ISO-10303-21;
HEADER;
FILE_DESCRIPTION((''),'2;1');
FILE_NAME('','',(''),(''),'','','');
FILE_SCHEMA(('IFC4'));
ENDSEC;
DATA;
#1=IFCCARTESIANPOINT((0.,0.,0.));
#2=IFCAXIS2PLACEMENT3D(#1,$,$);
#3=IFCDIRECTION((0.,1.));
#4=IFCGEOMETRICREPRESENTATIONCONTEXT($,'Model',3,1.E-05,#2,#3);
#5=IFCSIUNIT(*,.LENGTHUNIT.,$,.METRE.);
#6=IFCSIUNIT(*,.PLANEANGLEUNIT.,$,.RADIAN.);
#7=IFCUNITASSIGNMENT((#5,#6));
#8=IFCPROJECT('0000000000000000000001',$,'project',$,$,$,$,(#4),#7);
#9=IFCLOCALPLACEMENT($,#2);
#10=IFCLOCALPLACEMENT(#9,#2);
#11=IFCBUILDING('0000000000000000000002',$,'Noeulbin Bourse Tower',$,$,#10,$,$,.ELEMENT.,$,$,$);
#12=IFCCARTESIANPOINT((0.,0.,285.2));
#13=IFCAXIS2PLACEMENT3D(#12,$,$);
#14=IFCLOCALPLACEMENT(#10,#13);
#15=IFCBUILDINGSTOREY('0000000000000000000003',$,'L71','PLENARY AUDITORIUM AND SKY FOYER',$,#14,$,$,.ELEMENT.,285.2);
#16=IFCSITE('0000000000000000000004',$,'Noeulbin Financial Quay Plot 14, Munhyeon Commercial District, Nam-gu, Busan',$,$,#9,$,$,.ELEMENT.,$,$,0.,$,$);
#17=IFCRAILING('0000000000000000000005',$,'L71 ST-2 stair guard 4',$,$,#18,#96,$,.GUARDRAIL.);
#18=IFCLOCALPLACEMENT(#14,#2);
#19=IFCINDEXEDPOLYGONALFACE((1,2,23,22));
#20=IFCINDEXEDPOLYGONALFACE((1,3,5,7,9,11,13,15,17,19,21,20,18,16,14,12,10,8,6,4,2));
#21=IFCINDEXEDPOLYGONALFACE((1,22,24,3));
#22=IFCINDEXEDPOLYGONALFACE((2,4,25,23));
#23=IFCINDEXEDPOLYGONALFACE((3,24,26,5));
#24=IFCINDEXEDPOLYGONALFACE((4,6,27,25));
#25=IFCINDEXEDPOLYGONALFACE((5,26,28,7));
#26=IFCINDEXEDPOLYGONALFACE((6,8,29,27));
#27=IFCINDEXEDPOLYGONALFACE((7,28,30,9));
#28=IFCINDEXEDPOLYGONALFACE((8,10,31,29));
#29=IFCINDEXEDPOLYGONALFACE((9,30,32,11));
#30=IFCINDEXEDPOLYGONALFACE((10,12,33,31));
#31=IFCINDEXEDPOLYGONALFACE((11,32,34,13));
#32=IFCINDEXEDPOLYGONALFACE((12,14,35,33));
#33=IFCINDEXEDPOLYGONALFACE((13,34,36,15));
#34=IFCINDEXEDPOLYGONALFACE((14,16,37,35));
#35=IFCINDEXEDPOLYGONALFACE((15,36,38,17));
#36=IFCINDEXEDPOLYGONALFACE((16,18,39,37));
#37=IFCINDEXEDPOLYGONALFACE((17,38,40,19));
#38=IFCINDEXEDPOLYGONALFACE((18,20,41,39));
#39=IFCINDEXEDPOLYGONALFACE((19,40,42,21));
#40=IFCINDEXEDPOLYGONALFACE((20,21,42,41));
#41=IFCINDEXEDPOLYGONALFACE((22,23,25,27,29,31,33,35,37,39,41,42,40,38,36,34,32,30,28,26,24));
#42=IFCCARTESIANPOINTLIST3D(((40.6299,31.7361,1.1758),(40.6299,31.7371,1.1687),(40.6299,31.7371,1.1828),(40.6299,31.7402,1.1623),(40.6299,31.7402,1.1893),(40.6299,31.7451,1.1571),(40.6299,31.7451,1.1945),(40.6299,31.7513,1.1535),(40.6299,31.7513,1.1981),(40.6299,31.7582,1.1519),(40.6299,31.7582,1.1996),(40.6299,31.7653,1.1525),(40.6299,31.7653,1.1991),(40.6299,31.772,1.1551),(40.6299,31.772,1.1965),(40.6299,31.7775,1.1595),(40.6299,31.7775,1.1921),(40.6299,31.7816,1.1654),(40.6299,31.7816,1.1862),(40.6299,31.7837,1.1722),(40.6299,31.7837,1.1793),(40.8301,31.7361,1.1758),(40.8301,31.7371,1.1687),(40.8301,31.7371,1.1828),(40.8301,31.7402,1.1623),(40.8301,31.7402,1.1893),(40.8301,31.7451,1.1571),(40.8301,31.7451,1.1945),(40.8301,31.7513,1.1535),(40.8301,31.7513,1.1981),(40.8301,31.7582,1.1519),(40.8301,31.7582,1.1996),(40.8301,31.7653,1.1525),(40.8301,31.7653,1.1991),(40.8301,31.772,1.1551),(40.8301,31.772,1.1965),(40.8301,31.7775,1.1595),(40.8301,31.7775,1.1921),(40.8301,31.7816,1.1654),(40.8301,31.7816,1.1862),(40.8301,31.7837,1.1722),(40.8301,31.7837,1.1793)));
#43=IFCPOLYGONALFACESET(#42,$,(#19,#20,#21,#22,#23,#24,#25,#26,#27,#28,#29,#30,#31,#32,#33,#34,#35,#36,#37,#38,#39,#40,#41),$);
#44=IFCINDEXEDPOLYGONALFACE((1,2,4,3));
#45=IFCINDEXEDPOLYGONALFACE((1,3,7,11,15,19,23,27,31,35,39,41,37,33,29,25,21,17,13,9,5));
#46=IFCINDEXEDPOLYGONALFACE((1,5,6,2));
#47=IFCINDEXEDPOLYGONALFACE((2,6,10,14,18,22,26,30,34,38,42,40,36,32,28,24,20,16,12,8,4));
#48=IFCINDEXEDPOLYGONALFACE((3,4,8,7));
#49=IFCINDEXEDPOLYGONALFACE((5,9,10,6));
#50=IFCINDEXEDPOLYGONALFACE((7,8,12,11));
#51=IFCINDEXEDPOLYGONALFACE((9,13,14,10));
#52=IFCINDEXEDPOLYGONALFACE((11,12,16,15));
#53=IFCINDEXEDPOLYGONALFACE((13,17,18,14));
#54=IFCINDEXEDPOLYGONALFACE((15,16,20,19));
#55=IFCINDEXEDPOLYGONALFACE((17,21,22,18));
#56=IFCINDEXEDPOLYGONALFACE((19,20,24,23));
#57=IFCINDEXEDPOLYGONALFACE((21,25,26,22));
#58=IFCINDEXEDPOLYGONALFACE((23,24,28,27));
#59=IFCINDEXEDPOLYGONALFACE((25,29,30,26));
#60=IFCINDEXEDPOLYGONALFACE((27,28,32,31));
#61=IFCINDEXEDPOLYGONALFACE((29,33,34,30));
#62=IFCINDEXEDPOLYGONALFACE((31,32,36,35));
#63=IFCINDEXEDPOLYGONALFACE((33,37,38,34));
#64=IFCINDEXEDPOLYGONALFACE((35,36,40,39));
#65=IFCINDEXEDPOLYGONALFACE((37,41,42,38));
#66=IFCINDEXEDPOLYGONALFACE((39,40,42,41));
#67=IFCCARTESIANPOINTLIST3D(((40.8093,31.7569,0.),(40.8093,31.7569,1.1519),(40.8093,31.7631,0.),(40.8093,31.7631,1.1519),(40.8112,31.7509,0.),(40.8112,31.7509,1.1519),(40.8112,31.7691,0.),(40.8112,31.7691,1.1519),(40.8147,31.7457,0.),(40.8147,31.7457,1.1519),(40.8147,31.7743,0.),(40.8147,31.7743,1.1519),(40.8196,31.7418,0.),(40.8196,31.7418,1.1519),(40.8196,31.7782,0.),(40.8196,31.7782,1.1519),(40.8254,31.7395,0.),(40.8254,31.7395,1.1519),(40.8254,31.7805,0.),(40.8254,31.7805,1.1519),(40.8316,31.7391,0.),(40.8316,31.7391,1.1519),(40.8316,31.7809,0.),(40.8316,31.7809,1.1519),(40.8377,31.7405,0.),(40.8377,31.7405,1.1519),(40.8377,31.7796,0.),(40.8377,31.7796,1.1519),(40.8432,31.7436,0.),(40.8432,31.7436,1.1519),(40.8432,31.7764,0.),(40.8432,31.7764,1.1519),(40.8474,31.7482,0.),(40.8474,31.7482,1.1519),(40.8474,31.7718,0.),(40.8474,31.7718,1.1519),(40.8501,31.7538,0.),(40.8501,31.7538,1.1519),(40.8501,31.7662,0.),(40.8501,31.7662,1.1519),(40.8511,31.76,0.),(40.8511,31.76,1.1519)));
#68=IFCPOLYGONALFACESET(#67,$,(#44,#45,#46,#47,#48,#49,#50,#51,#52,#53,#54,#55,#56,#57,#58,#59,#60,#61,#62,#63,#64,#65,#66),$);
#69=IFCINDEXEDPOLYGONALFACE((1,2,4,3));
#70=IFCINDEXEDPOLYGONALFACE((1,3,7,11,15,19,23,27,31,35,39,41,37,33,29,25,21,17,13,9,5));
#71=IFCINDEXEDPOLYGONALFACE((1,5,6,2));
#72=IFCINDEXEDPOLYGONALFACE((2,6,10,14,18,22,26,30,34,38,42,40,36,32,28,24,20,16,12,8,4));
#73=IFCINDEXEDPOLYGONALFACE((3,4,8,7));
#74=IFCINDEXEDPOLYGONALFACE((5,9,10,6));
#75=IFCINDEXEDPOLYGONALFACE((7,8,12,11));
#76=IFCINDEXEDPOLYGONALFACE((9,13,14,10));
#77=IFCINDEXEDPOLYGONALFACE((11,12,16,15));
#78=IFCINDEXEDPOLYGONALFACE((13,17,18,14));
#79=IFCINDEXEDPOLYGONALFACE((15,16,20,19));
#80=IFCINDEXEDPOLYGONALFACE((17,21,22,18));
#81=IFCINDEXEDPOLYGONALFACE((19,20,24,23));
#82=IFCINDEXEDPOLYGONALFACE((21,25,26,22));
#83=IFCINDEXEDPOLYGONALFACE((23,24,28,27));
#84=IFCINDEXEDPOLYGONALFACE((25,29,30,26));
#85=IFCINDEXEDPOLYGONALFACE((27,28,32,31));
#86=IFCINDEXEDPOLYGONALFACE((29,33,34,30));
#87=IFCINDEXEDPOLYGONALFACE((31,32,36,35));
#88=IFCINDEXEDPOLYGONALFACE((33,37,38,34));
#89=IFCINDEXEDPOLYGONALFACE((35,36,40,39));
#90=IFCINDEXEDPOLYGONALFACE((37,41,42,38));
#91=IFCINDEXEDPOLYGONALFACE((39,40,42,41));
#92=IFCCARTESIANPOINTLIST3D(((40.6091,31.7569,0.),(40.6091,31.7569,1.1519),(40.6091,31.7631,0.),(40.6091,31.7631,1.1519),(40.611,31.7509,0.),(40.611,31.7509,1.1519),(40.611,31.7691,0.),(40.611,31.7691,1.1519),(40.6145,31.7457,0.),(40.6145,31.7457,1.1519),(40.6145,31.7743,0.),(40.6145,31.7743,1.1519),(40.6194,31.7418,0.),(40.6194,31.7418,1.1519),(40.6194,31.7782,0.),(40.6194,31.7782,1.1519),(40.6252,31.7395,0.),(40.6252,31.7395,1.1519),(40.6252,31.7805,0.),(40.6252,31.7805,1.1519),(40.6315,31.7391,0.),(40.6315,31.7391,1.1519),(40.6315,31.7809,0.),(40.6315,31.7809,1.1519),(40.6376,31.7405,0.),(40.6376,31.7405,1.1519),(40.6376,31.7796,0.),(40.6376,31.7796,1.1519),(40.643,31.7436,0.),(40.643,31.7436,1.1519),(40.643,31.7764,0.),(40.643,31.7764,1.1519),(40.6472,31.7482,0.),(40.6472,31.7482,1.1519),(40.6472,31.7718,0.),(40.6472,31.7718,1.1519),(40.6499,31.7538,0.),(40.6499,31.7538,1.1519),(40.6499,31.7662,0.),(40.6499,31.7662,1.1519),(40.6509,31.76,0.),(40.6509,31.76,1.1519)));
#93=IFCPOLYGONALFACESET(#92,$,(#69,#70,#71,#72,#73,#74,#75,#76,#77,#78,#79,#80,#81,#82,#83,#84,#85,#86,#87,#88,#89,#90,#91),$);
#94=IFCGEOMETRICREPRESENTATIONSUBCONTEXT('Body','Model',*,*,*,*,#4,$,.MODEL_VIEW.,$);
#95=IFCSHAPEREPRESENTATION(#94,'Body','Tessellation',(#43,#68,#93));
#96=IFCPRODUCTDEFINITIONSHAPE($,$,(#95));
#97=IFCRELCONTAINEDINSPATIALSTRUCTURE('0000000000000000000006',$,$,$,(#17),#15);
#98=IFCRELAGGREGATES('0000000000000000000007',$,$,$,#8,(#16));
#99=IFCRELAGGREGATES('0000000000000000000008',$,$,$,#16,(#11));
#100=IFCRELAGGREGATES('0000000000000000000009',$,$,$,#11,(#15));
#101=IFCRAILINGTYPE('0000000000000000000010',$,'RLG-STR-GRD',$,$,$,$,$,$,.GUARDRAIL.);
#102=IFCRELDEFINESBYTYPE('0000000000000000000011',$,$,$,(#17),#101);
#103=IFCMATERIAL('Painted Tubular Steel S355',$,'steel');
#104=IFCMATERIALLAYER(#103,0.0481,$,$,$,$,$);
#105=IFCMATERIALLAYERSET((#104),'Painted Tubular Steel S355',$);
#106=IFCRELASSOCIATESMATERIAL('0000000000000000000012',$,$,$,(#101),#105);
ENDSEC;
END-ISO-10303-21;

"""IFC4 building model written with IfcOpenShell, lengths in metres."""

from ifc_helpers import new_model, si_unit, direction, frame, origin, origin_2d, place, context, subcontext, project, spatial, circle, extrude, material, layer, layer_set, type_object, element, save


model = new_model("IFC4")

# Units and contexts
model_context = context("Model", 3, precision=1e-05, world=origin(), true_north=direction((0.0, 1.0)))
body_context = subcontext(model_context, "Body", "Model", "MODEL_VIEW")
ifc_project = project(units=[si_unit("LENGTHUNIT", "METRE"), si_unit("PLANEANGLEUNIT", "RADIAN")], contexts=[model_context])

# Site, building, storey
site_placement = place(None, origin())
site = spatial("IfcSite", under=ifc_project, at=site_placement, Name="Noeulbin Financial Quay Plot 14, Munhyeon Commercial District, Nam-gu, Busan", CompositionType="ELEMENT", RefElevation=0.0)
building_placement = place(site_placement, origin())
building = spatial("IfcBuilding", under=site, at=building_placement, Name="Noeulbin Bourse Tower", CompositionType="ELEMENT")
storey_placement = place(building_placement, frame((0.0, 0.0, 285.2)))
storey = spatial("IfcBuildingStorey", under=building, at=storey_placement, Name="L71", Description="PLENARY AUDITORIUM AND SKY FOYER", CompositionType="ELEMENT", Elevation=285.2)

# Railing
ifc_material_1 = material(Name="Painted Tubular Steel S355", Category="steel")
ifc_layer_1 = layer(ifc_material_1, 0.0481)
ifc_layer_set_1 = layer_set([ifc_layer_1], Name="Painted Tubular Steel S355")
railing_type_1 = type_object("IfcRailingType", Name="RLG-STR-GRD", PredefinedType="GUARDRAIL", material=ifc_layer_set_1)
railing_1_placement = place(storey_placement, frame((40.8301, 31.76, 0.0)))
element("IfcRailing", 1, at=railing_1_placement, inside=storey, type_object=railing_type_1, Name="L71 ST-2 stair guard 4", PredefinedType="GUARDRAIL", context=body_context, shape_type="SweptSolid", body=[
    extrude(circle(Radius=0.0239, at=origin_2d()), frame((0.0, 0.0, 1.1758), z_axis=(-1.0, 0.0, 0.0), x_axis=(0.0, -1.0, 0.0)), (0.0, 0.0, 1.0), 0.2002),
    extrude(circle(Radius=0.021, at=origin_2d()), origin(), (0.0, 0.0, 1.0), 1.1519),
    extrude(circle(Radius=0.021, at=origin_2d()), frame((-0.2002, 0.0, 0.0)), (0.0, 0.0, 1.0), 1.1519),
])

save(model, "model.ifc")
